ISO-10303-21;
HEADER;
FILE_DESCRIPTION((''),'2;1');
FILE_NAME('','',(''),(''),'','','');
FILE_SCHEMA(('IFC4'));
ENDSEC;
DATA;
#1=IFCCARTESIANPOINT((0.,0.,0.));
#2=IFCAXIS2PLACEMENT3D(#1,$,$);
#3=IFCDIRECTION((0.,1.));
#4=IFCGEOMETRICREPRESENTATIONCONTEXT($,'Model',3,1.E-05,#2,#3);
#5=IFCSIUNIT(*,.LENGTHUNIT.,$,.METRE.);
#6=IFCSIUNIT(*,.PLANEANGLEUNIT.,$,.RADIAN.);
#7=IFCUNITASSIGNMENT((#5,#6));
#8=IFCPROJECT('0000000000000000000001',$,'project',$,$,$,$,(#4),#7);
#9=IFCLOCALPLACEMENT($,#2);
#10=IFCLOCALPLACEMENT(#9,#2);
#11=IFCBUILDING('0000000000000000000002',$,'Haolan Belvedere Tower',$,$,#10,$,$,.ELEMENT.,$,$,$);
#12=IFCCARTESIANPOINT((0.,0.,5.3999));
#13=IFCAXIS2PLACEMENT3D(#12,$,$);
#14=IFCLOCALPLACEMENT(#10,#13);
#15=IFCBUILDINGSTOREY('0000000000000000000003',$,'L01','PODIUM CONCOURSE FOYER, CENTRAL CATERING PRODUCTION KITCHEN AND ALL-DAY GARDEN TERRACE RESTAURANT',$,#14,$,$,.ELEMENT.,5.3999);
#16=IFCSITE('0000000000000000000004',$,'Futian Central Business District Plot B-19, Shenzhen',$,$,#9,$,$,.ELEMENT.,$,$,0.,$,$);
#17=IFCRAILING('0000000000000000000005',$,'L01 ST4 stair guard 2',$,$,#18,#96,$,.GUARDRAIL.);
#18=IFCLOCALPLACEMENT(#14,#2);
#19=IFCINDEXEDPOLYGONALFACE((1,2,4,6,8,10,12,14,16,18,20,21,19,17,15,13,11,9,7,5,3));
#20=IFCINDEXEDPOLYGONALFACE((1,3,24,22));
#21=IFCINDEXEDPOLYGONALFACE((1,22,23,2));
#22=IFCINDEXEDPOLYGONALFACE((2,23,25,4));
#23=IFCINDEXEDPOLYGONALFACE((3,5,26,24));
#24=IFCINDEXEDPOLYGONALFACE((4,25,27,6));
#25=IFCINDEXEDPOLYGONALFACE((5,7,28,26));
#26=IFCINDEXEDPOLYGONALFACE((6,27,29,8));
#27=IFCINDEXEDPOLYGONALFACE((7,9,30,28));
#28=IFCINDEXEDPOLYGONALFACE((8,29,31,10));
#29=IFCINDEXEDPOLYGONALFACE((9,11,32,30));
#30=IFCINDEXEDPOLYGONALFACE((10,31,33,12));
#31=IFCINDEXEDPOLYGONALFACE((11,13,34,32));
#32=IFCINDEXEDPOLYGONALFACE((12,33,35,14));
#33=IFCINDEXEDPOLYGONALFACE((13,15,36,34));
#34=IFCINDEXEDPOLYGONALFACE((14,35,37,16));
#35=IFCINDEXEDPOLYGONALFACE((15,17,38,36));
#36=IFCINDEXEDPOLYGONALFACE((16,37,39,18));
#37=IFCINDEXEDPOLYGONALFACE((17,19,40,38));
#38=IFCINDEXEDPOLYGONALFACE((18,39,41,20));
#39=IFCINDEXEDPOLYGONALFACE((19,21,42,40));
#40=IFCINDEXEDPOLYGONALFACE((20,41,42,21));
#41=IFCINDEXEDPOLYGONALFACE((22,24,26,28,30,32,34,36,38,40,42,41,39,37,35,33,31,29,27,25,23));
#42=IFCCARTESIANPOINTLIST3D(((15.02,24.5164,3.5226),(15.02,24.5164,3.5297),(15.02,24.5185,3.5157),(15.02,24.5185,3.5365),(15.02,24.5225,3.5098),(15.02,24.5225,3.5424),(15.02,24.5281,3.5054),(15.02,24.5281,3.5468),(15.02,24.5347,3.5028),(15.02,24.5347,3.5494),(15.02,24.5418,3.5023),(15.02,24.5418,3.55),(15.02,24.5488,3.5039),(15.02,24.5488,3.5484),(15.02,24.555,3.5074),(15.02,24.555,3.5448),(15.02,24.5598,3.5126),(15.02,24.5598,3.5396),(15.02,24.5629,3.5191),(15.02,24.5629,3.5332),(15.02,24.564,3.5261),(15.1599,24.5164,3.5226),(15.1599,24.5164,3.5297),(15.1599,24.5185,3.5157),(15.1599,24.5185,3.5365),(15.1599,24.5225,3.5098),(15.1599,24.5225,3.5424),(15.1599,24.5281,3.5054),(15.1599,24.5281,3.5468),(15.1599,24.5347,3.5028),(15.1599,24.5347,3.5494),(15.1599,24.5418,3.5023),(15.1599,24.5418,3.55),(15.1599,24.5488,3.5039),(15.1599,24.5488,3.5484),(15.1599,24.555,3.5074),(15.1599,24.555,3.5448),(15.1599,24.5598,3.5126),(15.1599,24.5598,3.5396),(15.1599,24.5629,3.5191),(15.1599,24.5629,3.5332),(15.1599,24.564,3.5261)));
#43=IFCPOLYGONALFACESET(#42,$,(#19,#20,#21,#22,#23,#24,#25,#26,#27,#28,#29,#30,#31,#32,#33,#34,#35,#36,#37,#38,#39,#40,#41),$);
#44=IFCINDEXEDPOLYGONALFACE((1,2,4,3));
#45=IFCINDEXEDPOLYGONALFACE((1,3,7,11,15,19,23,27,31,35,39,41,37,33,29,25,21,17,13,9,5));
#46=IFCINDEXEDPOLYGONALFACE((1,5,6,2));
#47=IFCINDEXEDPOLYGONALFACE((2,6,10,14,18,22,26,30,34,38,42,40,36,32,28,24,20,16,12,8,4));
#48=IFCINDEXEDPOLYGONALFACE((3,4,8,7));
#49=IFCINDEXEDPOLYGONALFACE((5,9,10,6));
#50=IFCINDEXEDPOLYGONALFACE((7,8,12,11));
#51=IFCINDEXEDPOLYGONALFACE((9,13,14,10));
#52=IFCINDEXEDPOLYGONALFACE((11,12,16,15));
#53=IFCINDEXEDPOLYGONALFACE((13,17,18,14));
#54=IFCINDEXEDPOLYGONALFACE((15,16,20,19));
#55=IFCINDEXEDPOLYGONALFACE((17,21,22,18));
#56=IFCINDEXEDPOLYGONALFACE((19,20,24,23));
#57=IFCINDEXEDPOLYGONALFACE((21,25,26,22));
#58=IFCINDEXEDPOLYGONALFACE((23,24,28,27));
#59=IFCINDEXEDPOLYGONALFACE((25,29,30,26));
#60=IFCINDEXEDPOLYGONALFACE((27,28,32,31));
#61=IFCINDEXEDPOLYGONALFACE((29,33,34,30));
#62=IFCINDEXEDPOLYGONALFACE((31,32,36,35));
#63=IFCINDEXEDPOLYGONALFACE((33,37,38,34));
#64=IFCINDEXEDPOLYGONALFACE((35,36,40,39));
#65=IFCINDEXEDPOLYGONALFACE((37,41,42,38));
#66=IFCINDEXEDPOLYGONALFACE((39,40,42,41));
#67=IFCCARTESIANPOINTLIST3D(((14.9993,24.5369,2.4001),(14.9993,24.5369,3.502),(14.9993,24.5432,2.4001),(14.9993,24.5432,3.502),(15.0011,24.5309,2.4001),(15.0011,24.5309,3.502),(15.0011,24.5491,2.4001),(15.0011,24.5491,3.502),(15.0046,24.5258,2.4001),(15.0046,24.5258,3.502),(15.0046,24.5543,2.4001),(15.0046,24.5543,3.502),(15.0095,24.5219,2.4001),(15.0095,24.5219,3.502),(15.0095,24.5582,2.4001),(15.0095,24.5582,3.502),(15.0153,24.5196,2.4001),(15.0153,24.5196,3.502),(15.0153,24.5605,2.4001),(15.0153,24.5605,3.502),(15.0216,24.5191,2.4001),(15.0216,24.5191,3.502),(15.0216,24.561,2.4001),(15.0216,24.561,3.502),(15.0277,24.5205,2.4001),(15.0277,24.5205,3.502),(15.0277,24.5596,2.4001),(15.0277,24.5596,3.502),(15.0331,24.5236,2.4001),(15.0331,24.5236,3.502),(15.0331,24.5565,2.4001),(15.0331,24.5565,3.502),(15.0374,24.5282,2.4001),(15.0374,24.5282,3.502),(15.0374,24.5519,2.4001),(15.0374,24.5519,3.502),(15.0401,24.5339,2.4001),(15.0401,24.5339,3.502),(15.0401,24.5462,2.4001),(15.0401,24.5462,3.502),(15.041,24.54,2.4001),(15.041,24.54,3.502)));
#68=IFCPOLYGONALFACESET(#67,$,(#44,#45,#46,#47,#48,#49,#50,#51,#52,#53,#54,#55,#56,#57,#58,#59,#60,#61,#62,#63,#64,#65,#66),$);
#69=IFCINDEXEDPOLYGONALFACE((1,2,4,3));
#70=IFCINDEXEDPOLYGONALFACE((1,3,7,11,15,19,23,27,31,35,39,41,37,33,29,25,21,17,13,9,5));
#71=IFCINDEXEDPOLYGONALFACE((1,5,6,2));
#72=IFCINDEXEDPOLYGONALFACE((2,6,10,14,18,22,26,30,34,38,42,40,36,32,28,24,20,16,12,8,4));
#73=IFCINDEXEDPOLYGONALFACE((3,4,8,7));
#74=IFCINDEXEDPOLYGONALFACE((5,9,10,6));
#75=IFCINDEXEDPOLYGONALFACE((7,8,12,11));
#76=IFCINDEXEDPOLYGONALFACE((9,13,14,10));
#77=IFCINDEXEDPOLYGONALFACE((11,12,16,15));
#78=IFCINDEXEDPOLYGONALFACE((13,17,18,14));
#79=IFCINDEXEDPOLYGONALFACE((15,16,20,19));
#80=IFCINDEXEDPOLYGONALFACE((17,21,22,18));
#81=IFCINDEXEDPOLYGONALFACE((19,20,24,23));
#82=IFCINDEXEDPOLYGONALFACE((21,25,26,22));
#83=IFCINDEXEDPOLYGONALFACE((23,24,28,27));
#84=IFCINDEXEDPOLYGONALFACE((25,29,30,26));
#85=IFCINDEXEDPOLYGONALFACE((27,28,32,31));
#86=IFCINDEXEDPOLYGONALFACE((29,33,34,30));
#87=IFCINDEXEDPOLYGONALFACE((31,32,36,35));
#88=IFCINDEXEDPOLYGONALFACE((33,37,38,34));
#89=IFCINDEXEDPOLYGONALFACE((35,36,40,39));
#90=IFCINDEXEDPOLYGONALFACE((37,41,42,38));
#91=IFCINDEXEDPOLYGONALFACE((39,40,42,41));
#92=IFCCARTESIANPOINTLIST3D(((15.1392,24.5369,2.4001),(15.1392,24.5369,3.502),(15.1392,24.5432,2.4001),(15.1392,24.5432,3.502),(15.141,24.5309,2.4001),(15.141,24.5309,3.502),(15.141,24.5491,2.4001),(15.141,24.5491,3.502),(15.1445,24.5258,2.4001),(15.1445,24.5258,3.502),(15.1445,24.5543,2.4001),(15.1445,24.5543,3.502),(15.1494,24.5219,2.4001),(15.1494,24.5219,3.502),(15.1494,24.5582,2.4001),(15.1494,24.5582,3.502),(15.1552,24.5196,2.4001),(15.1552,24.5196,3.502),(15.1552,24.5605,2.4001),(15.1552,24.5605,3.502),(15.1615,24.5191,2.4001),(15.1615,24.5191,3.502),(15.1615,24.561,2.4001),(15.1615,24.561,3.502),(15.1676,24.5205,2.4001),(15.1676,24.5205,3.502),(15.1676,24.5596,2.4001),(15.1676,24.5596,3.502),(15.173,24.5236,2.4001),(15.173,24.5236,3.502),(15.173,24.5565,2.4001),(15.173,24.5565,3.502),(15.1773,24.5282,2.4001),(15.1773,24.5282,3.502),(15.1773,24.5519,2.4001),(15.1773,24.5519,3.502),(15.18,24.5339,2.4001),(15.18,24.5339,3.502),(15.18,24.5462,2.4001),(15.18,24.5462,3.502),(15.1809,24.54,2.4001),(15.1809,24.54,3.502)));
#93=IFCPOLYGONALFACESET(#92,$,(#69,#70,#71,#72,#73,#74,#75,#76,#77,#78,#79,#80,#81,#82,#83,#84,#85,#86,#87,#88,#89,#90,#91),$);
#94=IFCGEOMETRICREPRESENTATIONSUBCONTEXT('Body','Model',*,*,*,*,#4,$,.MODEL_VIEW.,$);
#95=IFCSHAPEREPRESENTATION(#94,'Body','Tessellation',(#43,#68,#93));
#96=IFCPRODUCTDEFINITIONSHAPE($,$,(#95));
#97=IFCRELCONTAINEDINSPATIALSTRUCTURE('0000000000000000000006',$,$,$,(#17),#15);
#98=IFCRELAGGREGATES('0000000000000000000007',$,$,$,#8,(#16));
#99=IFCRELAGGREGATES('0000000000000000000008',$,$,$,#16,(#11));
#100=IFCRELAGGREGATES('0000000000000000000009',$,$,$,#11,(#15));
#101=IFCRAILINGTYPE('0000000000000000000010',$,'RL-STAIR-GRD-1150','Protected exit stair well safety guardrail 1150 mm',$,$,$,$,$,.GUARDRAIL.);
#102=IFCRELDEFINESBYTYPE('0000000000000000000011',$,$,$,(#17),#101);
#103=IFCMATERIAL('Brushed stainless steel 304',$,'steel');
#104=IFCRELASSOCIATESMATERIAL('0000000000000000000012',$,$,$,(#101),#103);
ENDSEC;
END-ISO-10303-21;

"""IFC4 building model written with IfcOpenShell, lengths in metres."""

from ifc_helpers import new_model, si_unit, direction, frame, origin, origin_2d, place, context, subcontext, project, spatial, circle, extrude, material, type_object, element, save


model = new_model("IFC4")

# Units and contexts
model_context = context("Model", 3, precision=1e-05, world=origin(), true_north=direction((0.0, 1.0)))
body_context = subcontext(model_context, "Body", "Model", "MODEL_VIEW")
ifc_project = project(units=[si_unit("LENGTHUNIT", "METRE"), si_unit("PLANEANGLEUNIT", "RADIAN")], contexts=[model_context])

# Site, building, storey
site_placement = place(None, origin())
site = spatial("IfcSite", under=ifc_project, at=site_placement, Name="Futian Central Business District Plot B-19, Shenzhen", CompositionType="ELEMENT", RefElevation=0.0)
building_placement = place(site_placement, origin())
building = spatial("IfcBuilding", under=site, at=building_placement, Name="Haolan Belvedere Tower", CompositionType="ELEMENT")
storey_placement = place(building_placement, frame((0.0, 0.0, 5.3999)))
storey = spatial("IfcBuildingStorey", under=building, at=storey_placement, Name="L01", Description="PODIUM CONCOURSE FOYER, CENTRAL CATERING PRODUCTION KITCHEN AND ALL-DAY GARDEN TERRACE RESTAURANT", CompositionType="ELEMENT", Elevation=5.3999)

# Railing
ifc_material_1 = material(Name="Brushed stainless steel 304", Category="steel")
railing_type_1 = type_object("IfcRailingType", Name="RL-STAIR-GRD-1150", Description="Protected exit stair well safety guardrail 1150 mm", PredefinedType="GUARDRAIL", material=ifc_material_1)
railing_1_placement = place(storey_placement, frame((15.02, 24.54, 2.4001)))
element("IfcRailing", 1, at=railing_1_placement, inside=storey, type_object=railing_type_1, Name="L01 ST4 stair guard 2", PredefinedType="GUARDRAIL", context=body_context, shape_type="SweptSolid", body=[
    extrude(circle(Radius=0.0239, at=origin_2d()), frame((0.0, 0.0, 1.126), z_axis=(1.0, 0.0, 0.0), x_axis=(0.0, 1.0, 0.0)), (0.0, 0.0, 1.0), 0.1399),
    extrude(circle(Radius=0.021, at=origin_2d()), origin(), (0.0, 0.0, 1.0), 1.1018),
    extrude(circle(Radius=0.021, at=origin_2d()), frame((0.1399, 0.0, 0.0)), (0.0, 0.0, 1.0), 1.1018),
])

save(model, "model.ifc")
